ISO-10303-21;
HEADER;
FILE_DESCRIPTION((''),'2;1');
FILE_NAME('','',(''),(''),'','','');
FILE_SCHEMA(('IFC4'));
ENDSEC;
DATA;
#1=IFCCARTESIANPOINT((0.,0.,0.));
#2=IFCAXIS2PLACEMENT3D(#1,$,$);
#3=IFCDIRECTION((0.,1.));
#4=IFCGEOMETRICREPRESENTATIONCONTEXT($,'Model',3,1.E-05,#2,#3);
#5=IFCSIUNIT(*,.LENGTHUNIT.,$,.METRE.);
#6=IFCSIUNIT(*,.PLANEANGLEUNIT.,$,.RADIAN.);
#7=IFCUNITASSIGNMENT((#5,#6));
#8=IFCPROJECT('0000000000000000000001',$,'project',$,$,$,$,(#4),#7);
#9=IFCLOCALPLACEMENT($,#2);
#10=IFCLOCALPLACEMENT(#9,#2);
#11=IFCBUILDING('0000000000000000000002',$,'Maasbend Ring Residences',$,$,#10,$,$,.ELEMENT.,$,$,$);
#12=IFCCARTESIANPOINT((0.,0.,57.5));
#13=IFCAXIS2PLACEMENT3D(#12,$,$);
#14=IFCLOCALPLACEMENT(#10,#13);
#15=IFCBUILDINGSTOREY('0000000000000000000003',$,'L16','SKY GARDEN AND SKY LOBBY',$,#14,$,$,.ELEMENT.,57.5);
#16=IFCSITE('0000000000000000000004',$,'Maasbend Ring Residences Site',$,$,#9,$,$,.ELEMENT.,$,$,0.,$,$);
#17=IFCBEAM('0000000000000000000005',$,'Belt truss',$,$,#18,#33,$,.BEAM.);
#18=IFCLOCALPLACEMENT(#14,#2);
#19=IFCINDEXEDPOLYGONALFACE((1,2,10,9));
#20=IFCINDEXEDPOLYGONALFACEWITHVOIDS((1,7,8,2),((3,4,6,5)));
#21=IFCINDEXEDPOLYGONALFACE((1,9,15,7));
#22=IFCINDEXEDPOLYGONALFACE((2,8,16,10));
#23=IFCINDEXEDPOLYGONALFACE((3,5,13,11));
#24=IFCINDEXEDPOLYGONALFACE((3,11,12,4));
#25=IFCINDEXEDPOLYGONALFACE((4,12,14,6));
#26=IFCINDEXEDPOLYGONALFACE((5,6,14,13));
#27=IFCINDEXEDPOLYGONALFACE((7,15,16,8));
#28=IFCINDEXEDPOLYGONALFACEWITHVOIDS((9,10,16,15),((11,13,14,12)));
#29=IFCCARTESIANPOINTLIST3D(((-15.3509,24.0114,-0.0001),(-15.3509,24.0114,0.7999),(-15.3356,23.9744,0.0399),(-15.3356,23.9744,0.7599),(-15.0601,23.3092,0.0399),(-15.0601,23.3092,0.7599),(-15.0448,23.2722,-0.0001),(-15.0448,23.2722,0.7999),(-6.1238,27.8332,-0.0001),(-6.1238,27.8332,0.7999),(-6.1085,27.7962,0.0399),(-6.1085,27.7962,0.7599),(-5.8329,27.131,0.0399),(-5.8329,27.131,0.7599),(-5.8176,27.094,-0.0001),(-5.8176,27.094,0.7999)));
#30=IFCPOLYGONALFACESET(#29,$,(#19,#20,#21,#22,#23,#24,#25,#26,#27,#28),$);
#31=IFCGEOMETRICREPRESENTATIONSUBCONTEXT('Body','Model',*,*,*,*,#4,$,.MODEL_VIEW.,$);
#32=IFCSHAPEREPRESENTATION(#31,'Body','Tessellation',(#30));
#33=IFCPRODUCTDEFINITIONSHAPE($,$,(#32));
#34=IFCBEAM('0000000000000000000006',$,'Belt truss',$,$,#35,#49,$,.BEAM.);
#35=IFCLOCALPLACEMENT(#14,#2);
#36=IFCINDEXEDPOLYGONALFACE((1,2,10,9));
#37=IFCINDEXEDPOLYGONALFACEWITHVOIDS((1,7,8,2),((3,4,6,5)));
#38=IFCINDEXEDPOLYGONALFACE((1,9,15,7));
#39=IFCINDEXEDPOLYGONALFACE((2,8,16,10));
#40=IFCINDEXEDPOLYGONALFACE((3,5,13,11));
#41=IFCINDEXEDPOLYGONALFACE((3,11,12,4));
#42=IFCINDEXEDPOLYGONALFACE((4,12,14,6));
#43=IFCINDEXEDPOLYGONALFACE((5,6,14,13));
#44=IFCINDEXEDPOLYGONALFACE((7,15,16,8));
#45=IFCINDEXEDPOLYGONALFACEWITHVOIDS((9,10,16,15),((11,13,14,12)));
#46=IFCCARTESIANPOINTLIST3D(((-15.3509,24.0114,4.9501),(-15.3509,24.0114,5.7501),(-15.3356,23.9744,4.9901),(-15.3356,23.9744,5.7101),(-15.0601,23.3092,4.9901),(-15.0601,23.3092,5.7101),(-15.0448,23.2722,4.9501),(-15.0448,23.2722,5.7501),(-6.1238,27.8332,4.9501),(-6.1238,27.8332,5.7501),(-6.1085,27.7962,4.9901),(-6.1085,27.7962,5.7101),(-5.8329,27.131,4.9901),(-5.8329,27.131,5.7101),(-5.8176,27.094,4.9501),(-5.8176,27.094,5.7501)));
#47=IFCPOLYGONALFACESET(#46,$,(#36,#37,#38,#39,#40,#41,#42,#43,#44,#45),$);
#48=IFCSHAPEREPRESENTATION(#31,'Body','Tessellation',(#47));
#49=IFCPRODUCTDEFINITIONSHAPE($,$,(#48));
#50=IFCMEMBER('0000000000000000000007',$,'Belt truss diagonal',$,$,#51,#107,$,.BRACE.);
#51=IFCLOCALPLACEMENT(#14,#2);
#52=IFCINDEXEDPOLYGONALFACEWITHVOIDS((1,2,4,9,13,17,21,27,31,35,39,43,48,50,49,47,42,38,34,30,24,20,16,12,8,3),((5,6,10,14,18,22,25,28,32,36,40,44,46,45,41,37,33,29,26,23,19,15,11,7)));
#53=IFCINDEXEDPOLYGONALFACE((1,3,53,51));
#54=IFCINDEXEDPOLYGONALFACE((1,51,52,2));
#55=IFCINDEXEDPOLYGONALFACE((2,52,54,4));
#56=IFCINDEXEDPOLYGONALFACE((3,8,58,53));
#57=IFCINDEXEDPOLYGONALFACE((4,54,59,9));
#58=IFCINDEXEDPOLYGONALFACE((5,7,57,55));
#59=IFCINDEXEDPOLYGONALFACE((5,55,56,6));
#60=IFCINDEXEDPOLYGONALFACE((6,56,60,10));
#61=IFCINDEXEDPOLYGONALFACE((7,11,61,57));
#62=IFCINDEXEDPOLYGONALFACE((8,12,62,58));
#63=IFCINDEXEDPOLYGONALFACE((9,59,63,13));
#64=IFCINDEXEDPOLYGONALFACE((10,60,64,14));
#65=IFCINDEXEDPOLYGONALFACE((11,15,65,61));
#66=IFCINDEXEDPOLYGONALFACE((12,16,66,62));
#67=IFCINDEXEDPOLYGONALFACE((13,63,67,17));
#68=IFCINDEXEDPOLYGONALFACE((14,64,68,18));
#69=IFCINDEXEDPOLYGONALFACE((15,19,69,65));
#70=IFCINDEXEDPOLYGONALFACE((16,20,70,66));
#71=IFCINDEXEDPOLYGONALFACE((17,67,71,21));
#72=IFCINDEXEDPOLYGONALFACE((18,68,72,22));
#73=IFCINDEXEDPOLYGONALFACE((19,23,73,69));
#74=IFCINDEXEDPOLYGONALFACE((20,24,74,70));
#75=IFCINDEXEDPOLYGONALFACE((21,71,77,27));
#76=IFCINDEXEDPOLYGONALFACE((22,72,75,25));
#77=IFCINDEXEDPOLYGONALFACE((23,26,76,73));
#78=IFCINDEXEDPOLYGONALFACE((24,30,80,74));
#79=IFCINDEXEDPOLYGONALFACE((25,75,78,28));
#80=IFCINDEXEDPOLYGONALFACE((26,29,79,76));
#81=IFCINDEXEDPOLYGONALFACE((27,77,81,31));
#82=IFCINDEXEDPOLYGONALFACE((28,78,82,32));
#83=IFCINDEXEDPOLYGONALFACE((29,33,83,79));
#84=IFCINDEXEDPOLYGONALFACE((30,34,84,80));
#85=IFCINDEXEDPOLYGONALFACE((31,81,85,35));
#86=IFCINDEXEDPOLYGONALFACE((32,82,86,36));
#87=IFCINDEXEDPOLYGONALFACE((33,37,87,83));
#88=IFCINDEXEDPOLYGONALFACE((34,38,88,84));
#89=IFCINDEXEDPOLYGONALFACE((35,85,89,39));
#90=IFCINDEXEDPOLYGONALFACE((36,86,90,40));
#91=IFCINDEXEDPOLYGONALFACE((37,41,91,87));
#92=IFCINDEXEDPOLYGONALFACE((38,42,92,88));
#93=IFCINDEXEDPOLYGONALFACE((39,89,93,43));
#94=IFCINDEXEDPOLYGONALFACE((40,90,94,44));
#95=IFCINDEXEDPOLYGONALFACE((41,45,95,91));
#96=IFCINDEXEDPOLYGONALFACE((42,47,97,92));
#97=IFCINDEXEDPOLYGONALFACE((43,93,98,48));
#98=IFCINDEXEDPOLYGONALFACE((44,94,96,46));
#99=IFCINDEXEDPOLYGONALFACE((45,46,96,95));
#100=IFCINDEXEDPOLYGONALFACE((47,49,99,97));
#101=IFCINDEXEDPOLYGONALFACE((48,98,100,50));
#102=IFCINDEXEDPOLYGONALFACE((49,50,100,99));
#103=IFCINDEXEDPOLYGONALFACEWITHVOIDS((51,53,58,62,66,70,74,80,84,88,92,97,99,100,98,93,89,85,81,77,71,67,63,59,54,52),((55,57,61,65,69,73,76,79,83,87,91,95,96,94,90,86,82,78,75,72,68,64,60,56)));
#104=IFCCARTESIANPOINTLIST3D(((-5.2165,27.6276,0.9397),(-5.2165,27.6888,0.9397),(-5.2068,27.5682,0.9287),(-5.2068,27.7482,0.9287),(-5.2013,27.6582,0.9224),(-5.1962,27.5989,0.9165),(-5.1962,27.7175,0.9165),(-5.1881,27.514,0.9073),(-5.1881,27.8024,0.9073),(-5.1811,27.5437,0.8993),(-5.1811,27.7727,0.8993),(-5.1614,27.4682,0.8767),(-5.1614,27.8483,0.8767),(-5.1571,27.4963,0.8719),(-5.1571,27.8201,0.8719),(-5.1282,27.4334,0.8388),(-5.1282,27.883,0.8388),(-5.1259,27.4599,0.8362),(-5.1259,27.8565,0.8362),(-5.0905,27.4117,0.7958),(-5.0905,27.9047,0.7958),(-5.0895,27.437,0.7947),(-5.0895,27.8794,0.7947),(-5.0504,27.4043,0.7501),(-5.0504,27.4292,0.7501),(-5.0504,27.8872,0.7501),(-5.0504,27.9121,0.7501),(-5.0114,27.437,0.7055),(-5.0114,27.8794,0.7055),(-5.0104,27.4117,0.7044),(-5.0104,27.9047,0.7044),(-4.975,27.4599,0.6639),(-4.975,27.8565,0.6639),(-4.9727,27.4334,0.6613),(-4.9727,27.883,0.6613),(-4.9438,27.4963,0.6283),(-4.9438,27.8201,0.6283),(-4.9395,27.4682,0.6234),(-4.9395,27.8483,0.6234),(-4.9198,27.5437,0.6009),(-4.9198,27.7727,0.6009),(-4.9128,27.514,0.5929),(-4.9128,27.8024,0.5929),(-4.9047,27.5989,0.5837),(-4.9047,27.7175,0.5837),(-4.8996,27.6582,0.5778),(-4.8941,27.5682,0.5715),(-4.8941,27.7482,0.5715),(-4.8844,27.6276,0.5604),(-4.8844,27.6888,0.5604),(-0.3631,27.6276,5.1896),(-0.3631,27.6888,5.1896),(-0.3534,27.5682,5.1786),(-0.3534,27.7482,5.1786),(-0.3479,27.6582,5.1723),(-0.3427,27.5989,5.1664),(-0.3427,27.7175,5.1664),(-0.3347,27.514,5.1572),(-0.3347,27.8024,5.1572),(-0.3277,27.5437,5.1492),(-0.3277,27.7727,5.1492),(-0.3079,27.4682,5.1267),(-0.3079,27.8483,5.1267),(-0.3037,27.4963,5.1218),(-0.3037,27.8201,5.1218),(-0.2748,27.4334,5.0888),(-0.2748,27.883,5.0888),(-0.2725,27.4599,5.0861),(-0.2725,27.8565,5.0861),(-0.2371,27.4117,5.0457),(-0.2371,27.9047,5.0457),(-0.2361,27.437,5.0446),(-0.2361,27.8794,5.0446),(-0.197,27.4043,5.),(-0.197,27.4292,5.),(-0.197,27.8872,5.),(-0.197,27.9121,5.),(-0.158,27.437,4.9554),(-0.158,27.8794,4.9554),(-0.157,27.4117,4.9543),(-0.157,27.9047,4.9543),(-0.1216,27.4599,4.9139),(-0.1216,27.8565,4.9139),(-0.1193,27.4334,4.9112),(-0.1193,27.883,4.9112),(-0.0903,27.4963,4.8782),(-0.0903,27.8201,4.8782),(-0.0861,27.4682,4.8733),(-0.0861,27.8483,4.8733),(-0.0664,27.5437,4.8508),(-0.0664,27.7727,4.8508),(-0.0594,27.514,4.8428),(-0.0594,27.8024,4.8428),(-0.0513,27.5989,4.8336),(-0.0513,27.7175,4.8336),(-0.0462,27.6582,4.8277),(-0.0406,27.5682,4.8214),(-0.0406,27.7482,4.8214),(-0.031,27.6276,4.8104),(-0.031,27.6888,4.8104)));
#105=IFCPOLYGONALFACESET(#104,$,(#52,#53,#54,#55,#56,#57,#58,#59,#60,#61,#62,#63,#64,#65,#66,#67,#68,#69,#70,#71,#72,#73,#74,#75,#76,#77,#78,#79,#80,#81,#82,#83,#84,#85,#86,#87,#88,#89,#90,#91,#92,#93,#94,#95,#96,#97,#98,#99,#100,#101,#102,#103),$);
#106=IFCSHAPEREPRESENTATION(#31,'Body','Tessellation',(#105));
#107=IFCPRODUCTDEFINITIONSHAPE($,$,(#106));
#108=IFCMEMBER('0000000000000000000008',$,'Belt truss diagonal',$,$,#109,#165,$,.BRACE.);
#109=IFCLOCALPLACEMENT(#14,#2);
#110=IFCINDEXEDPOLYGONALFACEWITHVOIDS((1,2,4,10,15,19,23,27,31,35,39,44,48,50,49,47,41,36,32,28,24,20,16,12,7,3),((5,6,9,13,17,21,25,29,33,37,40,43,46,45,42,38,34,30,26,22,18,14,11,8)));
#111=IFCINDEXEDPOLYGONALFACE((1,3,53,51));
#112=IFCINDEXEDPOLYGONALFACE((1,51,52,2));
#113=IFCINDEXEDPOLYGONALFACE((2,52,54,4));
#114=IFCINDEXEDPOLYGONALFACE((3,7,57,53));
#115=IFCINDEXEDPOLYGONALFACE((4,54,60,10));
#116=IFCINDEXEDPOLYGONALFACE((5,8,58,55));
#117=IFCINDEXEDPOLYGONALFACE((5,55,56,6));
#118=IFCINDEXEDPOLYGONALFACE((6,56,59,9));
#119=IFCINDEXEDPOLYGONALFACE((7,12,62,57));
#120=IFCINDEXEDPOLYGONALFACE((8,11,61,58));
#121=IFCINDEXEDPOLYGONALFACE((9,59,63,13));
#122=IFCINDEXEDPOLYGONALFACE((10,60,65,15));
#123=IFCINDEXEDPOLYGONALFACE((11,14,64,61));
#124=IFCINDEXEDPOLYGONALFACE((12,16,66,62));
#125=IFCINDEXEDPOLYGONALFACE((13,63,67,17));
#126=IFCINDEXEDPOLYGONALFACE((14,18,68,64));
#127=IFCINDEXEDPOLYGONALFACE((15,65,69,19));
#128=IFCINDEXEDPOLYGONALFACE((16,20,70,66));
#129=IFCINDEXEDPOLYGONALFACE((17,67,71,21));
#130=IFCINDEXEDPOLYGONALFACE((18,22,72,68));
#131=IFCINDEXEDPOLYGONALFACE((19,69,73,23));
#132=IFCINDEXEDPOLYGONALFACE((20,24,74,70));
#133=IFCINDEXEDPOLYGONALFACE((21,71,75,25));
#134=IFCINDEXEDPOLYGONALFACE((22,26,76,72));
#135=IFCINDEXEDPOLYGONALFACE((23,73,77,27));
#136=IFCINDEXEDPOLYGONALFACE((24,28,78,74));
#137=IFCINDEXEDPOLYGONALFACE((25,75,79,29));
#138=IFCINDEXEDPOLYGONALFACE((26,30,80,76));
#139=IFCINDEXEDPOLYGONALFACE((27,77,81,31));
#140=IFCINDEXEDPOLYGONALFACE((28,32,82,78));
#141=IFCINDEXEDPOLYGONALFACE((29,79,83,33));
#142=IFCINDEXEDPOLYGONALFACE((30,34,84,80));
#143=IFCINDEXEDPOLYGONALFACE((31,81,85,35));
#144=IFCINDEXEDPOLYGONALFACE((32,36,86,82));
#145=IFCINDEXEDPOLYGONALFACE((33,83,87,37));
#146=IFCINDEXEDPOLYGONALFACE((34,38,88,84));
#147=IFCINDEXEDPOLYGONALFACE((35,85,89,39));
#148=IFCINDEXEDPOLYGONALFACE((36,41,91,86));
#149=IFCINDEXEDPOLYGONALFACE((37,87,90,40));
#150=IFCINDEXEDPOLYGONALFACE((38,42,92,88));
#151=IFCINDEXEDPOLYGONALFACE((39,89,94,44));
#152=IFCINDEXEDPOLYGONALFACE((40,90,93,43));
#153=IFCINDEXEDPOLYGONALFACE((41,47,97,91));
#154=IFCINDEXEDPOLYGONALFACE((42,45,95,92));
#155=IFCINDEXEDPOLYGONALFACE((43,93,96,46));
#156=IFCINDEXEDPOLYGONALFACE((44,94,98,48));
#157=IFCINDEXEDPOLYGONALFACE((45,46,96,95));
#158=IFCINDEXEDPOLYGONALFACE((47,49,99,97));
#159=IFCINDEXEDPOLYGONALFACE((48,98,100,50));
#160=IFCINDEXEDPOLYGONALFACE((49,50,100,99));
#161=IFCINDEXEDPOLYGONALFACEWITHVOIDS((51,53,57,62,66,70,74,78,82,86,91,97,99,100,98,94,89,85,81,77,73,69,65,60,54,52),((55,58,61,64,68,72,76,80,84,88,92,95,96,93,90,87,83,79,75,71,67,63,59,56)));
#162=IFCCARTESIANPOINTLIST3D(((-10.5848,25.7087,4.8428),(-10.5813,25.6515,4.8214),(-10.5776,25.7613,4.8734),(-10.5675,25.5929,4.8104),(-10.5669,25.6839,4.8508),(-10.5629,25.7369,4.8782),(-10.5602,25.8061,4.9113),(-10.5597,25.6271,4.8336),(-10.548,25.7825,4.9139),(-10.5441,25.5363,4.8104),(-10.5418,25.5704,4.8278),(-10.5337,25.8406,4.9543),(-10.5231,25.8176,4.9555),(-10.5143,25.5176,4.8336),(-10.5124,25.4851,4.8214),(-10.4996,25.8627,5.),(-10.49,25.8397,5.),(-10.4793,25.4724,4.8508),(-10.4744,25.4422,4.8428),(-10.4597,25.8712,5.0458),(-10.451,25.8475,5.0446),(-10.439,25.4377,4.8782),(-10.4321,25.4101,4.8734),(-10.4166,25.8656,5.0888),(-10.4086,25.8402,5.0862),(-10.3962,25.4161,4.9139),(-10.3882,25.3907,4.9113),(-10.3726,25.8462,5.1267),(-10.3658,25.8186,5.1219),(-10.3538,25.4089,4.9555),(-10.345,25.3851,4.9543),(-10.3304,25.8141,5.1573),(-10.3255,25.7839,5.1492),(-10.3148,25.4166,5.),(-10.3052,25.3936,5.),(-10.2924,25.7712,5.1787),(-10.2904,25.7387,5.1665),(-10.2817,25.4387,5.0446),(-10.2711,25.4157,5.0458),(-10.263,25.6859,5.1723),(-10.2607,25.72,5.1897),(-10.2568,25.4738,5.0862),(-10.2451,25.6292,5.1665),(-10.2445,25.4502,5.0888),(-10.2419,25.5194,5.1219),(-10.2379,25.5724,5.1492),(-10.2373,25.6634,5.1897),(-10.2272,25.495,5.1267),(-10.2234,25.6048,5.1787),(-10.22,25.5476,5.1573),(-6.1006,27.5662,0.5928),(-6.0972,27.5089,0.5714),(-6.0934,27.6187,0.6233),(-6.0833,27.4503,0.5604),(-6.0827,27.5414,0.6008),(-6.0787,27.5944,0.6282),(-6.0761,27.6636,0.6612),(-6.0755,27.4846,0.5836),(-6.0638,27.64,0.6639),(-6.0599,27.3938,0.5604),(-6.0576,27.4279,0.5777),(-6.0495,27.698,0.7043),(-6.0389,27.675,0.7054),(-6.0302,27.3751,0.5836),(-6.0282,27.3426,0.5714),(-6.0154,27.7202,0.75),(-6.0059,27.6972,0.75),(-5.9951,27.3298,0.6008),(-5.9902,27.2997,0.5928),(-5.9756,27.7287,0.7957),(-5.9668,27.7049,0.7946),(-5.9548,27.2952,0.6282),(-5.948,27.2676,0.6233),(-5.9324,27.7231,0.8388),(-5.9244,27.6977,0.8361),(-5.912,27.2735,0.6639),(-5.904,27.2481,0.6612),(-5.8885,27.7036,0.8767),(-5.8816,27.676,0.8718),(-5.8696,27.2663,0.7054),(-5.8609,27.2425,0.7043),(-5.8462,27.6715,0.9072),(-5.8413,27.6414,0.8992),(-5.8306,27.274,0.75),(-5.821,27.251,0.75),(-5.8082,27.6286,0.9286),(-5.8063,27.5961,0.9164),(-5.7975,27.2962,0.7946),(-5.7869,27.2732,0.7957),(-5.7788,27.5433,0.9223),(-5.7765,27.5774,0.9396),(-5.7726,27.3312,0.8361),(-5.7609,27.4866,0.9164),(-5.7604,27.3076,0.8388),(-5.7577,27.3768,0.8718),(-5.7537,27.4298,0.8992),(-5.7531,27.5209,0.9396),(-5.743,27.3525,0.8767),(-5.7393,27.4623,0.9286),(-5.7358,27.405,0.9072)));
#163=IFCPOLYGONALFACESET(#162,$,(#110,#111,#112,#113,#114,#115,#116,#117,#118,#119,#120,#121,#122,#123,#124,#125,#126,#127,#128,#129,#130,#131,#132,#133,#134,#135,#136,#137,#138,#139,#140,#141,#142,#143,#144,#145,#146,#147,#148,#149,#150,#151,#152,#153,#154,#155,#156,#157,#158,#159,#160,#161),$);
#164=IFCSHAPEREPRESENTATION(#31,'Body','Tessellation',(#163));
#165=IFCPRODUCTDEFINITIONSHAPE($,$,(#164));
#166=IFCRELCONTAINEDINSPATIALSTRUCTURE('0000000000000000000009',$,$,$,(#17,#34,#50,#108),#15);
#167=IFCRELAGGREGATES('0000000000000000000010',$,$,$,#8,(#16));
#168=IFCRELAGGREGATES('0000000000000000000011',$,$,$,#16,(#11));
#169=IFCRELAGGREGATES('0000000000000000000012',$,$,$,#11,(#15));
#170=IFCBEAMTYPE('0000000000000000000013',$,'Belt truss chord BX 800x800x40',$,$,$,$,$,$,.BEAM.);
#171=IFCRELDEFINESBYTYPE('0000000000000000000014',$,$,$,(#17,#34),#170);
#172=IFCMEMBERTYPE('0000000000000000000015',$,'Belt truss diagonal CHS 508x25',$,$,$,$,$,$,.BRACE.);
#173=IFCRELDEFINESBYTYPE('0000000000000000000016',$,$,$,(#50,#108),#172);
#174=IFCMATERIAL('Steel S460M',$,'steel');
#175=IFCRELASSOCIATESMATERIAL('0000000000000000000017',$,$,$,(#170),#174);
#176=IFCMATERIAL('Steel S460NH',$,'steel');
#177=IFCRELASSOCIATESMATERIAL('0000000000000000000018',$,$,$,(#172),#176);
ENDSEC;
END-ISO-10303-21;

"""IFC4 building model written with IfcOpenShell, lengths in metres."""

from ifc_helpers import new_model, si_unit, direction, frame, origin, origin_2d, place, context, subcontext, project, spatial, hollow_rectangle, hollow_circle, extrude, material, material_profile, profile_set, type_object, element, save


model = new_model("IFC4")

# Units and contexts
model_context = context("Model", 3, precision=1e-05, world=origin(), true_north=direction((0.0, 1.0)))
body_context = subcontext(model_context, "Body", "Model", "MODEL_VIEW")
ifc_project = project(units=[si_unit("LENGTHUNIT", "METRE"), si_unit("PLANEANGLEUNIT", "RADIAN")], contexts=[model_context])

# Site, building, storey
site_placement = place(None, origin())
site = spatial("IfcSite", under=ifc_project, at=site_placement, Name="Maasbend Ring Residences Site", CompositionType="ELEMENT", RefElevation=0.0)
building_placement = place(site_placement, origin())
building = spatial("IfcBuilding", under=site, at=building_placement, Name="Maasbend Ring Residences", CompositionType="ELEMENT")
storey_placement = place(building_placement, frame((0.0, 0.0, 57.5)))
storey = spatial("IfcBuildingStorey", under=building, at=storey_placement, Name="L16", Description="SKY GARDEN AND SKY LOBBY", CompositionType="ELEMENT", Elevation=57.5)

# Beams
ifc_material_1 = material(Name="Steel S460M", Category="steel")
ifc_material_profile_1 = material_profile(ifc_material_1, hollow_rectangle(XDim=0.8, YDim=0.8, WallThickness=0.04, at=origin_2d()), Name="Belt truss chord BX 800x800x40")
ifc_profile_set_1 = profile_set([ifc_material_profile_1], Name="Steel S460M")
beam_type_1 = type_object("IfcBeamType", Name="Belt truss chord BX 800x800x40", PredefinedType="BEAM", material=ifc_profile_set_1)
for number, where, z_axis, x_axis, name in (
    (1, (-5.9707, 27.4636, 0.3999), (-0.923886, -0.382667, 0.0), (0.382667, -0.923886, 0.0), "Belt truss"),
    (2, (-5.9707, 27.4636, 5.3501), (-0.923886, -0.382667, 0.0), (0.382667, -0.923886, 0.0), "Belt truss"),
):
    element("IfcBeam", number, at=place(storey_placement, frame(where, z_axis=z_axis, x_axis=x_axis)), inside=storey, type_object=beam_type_1, Name=name, PredefinedType="BEAM", context=body_context, shape_type="SweptSolid", body=[
        extrude(hollow_rectangle(XDim=0.8, YDim=0.8, WallThickness=0.04, at=origin_2d()), origin(), (0.0, 0.0, 1.0), 9.9873),
    ])

# Members
ifc_material_2 = material(Name="Steel S460NH", Category="steel")
ifc_material_profile_2 = material_profile(ifc_material_2, hollow_circle(Radius=0.2539, WallThickness=0.0249, at=origin_2d()), Name="Belt truss diagonal CHS 508x25")
ifc_profile_set_2 = profile_set([ifc_material_profile_2], Name="Steel S460NH")
member_type_1 = type_object("IfcMemberType", Name="Belt truss diagonal CHS 508x25", PredefinedType="BRACE", material=ifc_profile_set_2)
member_placement = place(storey_placement, frame((-0.197, 27.6582, 5.0), z_axis=(-0.752333, 0.0, -0.658783), x_axis=(0.0, -1.0, 0.0)))
element("IfcMember", 3, at=member_placement, inside=storey, type_object=member_type_1, Name="Belt truss diagonal", PredefinedType="BRACE", context=body_context, shape_type="SweptSolid", body=[
    extrude(hollow_circle(Radius=0.2539, WallThickness=0.0249, at=origin_2d()), origin(), (0.0, 0.0, 1.0), 6.4512),
])
for number, where, z_axis, x_axis, name in (
    (4, (-5.9182, 27.4856, 0.75), (-0.695068, -0.287912, 0.658777), (0.382689, -0.923877, 0.0), "Belt truss diagonal"),
):
    element("IfcMember", number, at=place(storey_placement, frame(where, z_axis=z_axis, x_axis=x_axis)), inside=storey, type_object=member_type_1, Name=name, PredefinedType="BRACE", context=body_context, shape_type="SweptSolid", body=[
        extrude(hollow_circle(Radius=0.2539, WallThickness=0.0249, at=origin_2d()), origin(), (0.0, 0.0, 1.0), 6.4514),
    ])

save(model, "model.ifc")
